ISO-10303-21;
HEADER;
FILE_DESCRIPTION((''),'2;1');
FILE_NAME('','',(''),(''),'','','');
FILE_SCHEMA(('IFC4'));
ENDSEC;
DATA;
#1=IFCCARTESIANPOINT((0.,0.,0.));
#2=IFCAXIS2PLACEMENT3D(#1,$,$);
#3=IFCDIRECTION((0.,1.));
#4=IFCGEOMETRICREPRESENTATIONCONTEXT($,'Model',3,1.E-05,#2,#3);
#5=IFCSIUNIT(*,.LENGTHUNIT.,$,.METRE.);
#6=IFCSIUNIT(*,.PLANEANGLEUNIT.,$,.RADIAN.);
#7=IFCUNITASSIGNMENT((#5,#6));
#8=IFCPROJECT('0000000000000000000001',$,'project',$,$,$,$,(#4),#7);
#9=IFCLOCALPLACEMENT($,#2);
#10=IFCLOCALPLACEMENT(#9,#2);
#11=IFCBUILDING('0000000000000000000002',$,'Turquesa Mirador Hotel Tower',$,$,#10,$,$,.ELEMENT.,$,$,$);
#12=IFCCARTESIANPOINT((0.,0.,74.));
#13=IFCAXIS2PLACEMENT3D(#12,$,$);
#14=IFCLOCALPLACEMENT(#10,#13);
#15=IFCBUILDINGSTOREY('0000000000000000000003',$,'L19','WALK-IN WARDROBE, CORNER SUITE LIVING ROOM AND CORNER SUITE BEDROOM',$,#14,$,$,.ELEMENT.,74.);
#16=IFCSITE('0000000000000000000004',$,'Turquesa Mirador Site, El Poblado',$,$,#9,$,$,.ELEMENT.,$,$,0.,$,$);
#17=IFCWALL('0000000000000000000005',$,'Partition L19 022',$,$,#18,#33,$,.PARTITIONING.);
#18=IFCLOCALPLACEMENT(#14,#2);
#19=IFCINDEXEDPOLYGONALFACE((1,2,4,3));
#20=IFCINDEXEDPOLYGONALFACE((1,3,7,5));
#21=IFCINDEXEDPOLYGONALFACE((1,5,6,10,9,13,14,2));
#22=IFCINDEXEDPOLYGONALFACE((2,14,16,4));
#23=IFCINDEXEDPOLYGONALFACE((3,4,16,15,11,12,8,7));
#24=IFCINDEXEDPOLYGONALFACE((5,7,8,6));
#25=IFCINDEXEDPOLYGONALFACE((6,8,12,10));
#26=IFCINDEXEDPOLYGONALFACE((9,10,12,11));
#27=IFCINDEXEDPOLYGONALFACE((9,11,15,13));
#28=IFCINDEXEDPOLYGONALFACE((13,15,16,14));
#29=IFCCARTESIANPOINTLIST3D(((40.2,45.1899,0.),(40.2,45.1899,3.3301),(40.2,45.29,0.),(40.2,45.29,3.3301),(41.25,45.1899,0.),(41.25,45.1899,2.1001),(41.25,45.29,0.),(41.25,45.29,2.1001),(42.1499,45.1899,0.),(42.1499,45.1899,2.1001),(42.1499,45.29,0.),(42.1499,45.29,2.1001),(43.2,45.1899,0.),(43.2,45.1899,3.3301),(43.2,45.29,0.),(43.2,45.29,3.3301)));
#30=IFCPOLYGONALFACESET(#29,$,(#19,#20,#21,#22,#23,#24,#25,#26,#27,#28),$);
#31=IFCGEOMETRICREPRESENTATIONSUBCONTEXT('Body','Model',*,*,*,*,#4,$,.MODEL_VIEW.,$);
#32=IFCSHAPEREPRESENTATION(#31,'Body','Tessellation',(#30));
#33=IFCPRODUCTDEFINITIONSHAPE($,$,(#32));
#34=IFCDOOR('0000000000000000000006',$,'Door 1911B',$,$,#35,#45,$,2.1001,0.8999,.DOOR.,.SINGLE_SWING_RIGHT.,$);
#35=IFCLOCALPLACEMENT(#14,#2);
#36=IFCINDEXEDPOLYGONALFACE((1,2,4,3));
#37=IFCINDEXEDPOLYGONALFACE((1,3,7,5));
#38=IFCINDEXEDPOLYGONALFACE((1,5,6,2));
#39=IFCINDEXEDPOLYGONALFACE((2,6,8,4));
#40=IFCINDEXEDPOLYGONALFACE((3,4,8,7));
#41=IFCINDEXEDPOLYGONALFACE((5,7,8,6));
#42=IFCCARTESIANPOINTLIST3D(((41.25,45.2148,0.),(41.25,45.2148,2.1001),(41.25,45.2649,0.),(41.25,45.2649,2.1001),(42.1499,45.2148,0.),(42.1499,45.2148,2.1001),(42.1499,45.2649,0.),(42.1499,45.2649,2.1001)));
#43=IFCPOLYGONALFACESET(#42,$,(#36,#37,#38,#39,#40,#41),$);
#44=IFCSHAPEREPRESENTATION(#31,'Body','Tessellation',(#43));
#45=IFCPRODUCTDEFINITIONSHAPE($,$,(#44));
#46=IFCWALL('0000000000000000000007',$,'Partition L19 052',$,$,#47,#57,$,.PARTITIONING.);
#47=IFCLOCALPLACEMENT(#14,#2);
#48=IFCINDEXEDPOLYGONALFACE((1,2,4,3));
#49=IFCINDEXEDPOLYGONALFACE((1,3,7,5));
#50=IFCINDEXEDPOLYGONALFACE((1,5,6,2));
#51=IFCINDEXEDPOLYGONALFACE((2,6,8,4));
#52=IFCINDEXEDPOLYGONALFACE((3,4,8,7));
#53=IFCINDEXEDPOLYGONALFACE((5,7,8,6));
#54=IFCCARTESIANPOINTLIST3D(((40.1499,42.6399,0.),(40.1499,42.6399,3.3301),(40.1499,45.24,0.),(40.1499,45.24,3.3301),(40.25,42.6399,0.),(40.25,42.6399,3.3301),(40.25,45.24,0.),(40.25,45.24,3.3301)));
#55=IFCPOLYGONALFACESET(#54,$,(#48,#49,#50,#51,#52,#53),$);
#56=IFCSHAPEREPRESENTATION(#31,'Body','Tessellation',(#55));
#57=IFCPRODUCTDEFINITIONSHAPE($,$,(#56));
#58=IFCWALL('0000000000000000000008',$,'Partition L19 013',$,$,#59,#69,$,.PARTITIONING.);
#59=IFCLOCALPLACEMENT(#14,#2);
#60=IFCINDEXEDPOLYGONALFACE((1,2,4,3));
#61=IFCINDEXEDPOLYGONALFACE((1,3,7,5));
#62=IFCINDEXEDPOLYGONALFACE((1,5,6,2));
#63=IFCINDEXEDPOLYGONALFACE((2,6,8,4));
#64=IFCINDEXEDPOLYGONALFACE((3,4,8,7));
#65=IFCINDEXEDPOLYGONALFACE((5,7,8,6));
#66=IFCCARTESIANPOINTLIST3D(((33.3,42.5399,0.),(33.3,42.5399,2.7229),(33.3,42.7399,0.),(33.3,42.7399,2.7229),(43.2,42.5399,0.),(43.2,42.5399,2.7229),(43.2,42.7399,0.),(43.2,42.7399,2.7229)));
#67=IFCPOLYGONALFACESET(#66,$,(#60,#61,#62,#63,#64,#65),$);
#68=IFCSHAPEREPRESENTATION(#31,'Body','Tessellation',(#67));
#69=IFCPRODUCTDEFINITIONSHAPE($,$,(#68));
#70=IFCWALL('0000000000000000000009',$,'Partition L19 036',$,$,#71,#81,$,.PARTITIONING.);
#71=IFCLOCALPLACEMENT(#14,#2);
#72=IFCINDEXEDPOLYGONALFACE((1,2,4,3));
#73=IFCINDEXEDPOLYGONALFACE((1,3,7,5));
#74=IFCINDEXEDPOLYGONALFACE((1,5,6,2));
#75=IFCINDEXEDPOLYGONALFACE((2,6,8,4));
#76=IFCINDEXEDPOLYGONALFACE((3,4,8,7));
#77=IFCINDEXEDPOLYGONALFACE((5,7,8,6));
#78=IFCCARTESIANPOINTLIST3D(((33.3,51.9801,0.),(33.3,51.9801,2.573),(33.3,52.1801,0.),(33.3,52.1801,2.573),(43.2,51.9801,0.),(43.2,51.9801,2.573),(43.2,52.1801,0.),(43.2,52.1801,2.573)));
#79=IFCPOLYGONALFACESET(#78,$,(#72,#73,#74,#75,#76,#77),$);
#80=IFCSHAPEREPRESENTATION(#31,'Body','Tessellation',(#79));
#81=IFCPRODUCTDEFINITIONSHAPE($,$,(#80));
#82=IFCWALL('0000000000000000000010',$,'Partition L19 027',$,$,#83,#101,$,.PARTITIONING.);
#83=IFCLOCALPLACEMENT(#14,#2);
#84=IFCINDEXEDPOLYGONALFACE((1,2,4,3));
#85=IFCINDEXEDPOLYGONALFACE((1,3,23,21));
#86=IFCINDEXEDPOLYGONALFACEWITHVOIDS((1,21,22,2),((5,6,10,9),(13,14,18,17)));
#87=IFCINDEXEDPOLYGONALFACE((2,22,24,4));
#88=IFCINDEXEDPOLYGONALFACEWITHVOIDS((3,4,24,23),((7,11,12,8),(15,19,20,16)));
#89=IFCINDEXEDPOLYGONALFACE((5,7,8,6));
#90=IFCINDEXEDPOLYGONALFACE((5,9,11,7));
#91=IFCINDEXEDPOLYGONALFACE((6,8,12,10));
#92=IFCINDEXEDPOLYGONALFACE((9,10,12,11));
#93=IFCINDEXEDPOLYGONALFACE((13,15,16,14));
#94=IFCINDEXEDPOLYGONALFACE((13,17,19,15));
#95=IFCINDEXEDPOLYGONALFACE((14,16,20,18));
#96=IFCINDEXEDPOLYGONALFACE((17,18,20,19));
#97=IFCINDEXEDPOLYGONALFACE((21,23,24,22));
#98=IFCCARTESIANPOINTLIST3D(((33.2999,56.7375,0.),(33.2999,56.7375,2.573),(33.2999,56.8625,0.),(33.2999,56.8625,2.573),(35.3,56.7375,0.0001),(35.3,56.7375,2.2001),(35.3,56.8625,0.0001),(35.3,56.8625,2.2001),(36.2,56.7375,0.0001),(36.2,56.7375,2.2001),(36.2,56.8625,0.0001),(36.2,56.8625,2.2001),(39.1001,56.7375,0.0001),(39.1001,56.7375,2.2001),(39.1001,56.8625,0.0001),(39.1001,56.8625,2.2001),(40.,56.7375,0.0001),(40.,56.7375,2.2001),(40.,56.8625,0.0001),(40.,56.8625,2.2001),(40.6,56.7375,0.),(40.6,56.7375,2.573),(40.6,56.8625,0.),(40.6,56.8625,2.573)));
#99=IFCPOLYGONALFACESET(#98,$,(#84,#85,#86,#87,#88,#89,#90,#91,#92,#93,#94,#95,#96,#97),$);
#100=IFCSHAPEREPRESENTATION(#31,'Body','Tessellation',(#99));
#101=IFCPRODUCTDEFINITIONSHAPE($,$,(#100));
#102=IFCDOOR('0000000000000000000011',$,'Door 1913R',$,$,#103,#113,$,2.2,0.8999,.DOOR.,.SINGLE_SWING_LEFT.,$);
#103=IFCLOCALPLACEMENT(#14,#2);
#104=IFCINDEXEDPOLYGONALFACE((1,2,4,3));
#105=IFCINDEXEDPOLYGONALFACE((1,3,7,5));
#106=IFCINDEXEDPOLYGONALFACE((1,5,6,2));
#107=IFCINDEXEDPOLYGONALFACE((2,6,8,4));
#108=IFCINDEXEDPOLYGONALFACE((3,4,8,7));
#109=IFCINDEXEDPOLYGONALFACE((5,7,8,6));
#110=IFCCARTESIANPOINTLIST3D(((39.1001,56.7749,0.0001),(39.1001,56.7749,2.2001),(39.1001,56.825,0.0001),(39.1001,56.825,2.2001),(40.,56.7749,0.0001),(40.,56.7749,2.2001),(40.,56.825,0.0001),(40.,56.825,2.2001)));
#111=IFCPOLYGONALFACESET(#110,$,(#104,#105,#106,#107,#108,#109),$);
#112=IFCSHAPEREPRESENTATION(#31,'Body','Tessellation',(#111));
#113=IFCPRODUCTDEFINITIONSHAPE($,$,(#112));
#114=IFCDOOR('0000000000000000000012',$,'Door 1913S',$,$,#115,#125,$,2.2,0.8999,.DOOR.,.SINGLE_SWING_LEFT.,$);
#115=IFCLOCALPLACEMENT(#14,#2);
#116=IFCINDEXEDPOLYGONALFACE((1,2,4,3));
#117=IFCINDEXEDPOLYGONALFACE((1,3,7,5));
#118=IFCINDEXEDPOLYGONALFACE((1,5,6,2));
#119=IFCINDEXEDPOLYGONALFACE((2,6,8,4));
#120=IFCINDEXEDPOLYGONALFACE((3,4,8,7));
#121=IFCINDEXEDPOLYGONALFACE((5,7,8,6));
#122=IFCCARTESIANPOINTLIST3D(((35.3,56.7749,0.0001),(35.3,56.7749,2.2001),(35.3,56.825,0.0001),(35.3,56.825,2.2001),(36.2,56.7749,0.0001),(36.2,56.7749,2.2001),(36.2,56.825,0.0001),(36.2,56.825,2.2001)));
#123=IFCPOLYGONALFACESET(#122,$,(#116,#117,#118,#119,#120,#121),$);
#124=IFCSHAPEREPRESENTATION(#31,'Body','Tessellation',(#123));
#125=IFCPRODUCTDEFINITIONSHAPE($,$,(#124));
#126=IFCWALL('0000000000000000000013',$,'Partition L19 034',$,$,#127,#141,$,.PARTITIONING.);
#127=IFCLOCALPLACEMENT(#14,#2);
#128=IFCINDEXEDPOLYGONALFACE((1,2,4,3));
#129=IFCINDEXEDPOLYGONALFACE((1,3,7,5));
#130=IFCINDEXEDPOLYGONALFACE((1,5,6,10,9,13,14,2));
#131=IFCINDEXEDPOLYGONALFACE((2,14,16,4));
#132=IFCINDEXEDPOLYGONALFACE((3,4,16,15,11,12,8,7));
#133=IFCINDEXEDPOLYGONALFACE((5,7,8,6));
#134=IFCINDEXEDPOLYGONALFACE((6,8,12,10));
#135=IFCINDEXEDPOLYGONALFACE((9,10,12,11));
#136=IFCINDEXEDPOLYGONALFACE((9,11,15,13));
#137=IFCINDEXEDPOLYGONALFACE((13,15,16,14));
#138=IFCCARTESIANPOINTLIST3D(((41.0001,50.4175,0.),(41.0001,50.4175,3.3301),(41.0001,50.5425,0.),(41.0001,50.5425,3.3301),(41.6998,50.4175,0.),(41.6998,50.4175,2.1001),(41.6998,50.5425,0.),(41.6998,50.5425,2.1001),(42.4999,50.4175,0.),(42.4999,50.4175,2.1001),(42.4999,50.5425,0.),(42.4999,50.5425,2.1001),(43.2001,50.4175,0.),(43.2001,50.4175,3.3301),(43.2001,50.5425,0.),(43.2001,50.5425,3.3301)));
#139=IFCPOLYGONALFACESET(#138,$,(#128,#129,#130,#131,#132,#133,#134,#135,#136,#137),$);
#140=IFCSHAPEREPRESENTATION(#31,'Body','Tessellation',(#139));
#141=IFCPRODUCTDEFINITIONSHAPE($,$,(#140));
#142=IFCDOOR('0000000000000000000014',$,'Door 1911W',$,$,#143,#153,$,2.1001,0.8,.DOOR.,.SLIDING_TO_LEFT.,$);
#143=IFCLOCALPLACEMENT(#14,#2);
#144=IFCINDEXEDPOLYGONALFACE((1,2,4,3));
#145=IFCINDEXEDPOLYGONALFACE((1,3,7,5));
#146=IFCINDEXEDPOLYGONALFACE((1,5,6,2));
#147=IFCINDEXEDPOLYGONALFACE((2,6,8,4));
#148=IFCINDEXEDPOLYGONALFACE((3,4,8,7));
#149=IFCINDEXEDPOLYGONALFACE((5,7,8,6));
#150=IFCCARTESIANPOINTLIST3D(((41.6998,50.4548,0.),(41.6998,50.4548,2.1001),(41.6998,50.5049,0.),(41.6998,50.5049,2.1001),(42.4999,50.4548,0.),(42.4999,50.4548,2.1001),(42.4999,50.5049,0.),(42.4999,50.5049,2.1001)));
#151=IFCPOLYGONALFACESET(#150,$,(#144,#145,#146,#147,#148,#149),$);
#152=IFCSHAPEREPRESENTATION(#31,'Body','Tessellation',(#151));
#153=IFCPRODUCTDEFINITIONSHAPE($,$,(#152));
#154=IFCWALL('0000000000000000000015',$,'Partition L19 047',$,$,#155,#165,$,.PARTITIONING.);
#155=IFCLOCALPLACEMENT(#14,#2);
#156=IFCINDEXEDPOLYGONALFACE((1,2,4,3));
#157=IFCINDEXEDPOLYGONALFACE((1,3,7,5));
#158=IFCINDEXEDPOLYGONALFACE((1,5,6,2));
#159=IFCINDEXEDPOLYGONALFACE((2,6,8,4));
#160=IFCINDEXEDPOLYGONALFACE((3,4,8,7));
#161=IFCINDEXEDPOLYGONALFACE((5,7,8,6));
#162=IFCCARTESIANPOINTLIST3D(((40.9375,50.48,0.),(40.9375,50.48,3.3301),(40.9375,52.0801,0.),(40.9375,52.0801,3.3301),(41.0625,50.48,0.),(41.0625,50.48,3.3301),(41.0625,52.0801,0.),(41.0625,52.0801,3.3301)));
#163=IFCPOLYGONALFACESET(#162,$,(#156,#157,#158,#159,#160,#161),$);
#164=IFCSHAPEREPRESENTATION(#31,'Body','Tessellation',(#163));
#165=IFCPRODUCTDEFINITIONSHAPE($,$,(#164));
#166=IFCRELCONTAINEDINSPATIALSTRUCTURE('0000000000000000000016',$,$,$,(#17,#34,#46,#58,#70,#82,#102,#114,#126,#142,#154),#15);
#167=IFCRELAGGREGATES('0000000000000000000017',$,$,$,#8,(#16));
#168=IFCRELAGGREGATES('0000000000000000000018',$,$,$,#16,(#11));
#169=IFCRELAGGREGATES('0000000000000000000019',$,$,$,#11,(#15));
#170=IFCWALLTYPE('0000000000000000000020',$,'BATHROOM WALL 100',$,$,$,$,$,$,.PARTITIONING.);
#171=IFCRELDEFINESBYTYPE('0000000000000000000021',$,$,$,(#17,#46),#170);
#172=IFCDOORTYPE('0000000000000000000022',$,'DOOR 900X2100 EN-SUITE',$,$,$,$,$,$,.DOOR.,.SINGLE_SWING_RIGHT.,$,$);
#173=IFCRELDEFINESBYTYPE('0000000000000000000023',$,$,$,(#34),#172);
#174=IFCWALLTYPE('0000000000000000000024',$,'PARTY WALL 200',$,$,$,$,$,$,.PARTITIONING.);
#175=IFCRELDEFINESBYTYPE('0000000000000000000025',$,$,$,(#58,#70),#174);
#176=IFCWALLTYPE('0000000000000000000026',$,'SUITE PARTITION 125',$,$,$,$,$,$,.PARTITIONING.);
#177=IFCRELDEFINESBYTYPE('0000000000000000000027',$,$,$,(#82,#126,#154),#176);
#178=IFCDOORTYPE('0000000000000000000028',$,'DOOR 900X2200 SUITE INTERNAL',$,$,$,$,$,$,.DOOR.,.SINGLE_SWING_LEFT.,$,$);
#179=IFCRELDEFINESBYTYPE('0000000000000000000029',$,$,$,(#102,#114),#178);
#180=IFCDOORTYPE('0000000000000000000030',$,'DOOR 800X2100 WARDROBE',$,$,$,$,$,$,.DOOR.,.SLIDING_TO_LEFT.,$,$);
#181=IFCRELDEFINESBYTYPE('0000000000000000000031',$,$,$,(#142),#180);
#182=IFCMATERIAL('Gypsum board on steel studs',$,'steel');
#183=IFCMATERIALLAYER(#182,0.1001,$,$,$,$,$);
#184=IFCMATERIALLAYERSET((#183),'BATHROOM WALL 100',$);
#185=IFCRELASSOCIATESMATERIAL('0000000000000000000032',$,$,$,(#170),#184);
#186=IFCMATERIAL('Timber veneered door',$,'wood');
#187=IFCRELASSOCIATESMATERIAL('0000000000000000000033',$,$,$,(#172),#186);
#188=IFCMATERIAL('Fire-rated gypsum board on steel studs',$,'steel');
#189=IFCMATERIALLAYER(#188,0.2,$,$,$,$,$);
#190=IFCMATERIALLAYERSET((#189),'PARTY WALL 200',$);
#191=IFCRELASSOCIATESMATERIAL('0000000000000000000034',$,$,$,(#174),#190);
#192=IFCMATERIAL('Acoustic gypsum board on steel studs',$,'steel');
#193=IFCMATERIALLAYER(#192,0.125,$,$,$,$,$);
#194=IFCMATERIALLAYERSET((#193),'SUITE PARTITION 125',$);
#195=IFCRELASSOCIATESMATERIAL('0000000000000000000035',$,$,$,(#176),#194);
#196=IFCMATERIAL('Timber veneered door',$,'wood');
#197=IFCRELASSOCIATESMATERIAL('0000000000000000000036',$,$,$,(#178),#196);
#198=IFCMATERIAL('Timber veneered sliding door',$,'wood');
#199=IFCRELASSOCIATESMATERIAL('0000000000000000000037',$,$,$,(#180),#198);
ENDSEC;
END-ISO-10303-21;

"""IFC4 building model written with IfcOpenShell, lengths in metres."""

from ifc_helpers import new_model, si_unit, direction, frame, frame_2d, origin, place, context, subcontext, project, spatial, rectangle, extrude, material, layer, layer_set, type_object, element, fill, save


model = new_model("IFC4")

# Units and contexts
model_context = context("Model", 3, precision=1e-05, world=origin(), true_north=direction((0.0, 1.0)))
body_context = subcontext(model_context, "Body", "Model", "MODEL_VIEW")
ifc_project = project(units=[si_unit("LENGTHUNIT", "METRE"), si_unit("PLANEANGLEUNIT", "RADIAN")], contexts=[model_context])

# Site, building, storey
site_placement = place(None, origin())
site = spatial("IfcSite", under=ifc_project, at=site_placement, Name="Turquesa Mirador Site, El Poblado", CompositionType="ELEMENT", RefElevation=0.0)
building_placement = place(site_placement, origin())
building = spatial("IfcBuilding", under=site, at=building_placement, Name="Turquesa Mirador Hotel Tower", CompositionType="ELEMENT")
storey_placement = place(building_placement, frame((0.0, 0.0, 74.0)))
storey = spatial("IfcBuildingStorey", under=building, at=storey_placement, Name="L19", Description="WALK-IN WARDROBE, CORNER SUITE LIVING ROOM AND CORNER SUITE BEDROOM", CompositionType="ELEMENT", Elevation=74.0)

# Wall, opening, door
ifc_material_1 = material(Name="Gypsum board on steel studs", Category="steel")
ifc_layer_1 = layer(ifc_material_1, 0.1001)
ifc_layer_set_1 = layer_set([ifc_layer_1], Name="BATHROOM WALL 100")
wall_type_1 = type_object("IfcWallType", Name="BATHROOM WALL 100", PredefinedType="PARTITIONING", material=ifc_layer_set_1)
wall_1_placement = place(storey_placement, frame((40.2, 45.24, 0.0), z_axis=(0.0, 0.0, 1.0), x_axis=(1.0, 0.0, 0.0)))
wall_1 = element("IfcWall", 1, at=wall_1_placement, inside=storey, type_object=wall_type_1, Name="Partition L19 022", PredefinedType="PARTITIONING", context=body_context, shape_type="SweptSolid", body=[
    extrude(rectangle(XDim=3.0, YDim=0.1001, at=frame_2d((1.5, 0.0))), origin(), (0.0, 0.0, 1.0), 3.3301),
])
opening_1_placement = place(wall_1_placement, frame((1.05, 0.0, 0.0)))
opening_1 = element("IfcOpeningElement", 2, at=opening_1_placement, cuts=wall_1, PredefinedType="OPENING", context=body_context, shape_type="SweptSolid", body=[
    extrude(rectangle(XDim=0.8999, YDim=2.1001, at=frame_2d((0.45, 1.05))), frame((0.0, 0.0601, 0.0), z_axis=(0.0, -1.0, 0.0), x_axis=(1.0, 0.0, 0.0)), (0.0, 0.0, 1.0), 0.1201),
])
ifc_material_2 = material(Name="Timber veneered door", Category="wood")
door_type_1 = type_object("IfcDoorType", Name="DOOR 900X2100 EN-SUITE", OperationType="SINGLE_SWING_RIGHT", PredefinedType="DOOR", material=ifc_material_2)
door_1_placement = place(opening_1_placement, origin())
door_1 = element("IfcDoor", 3, at=door_1_placement, inside=storey, type_object=door_type_1, Name="Door 1911B", OperationType="SINGLE_SWING_RIGHT", OverallHeight=2.1001, OverallWidth=0.8999, PredefinedType="DOOR", context=body_context, shape_type="SweptSolid", body=[
    extrude(rectangle(XDim=0.8999, YDim=2.1001, at=frame_2d((0.45, 1.05))), frame((0.0, 0.0249, 0.0), z_axis=(0.0, -1.0, 0.0), x_axis=(1.0, 0.0, 0.0)), (0.0, 0.0, 1.0), 0.05),
])
fill(opening_1, door_1)

# Walls
wall_2_placement = place(storey_placement, frame((40.2, 42.6399, 0.0), z_axis=(0.0, 0.0, 1.0), x_axis=(0.0, 1.0, 0.0)))
element("IfcWall", 4, at=wall_2_placement, inside=storey, type_object=wall_type_1, Name="Partition L19 052", PredefinedType="PARTITIONING", context=body_context, shape_type="SweptSolid", body=[
    extrude(rectangle(XDim=2.6001, YDim=0.1001, at=frame_2d((1.3, 0.0))), origin(), (0.0, 0.0, 1.0), 3.3301),
])
ifc_material_3 = material(Name="Fire-rated gypsum board on steel studs", Category="steel")
ifc_layer_2 = layer(ifc_material_3, 0.2)
ifc_layer_set_2 = layer_set([ifc_layer_2], Name="PARTY WALL 200")
wall_type_2 = type_object("IfcWallType", Name="PARTY WALL 200", PredefinedType="PARTITIONING", material=ifc_layer_set_2)
wall_3_placement = place(storey_placement, frame((33.3, 42.6399, 0.0), z_axis=(0.0, 0.0, 1.0), x_axis=(1.0, 0.0, 0.0)))
element("IfcWall", 5, at=wall_3_placement, inside=storey, type_object=wall_type_2, Name="Partition L19 013", PredefinedType="PARTITIONING", context=body_context, shape_type="SweptSolid", body=[
    extrude(rectangle(XDim=9.8999, YDim=0.2, at=frame_2d((4.95, 0.0))), origin(), (0.0, 0.0, 1.0), 2.7229),
])
wall_4_placement = place(storey_placement, frame((33.3, 52.0801, 0.0), z_axis=(0.0, 0.0, 1.0), x_axis=(1.0, 0.0, 0.0)))
element("IfcWall", 6, at=wall_4_placement, inside=storey, type_object=wall_type_2, Name="Partition L19 036", PredefinedType="PARTITIONING", context=body_context, shape_type="SweptSolid", body=[
    extrude(rectangle(XDim=9.8999, YDim=0.2, at=frame_2d((4.95, 0.0))), origin(), (0.0, 0.0, 1.0), 2.573),
])

# Wall, openings, doors
ifc_material_4 = material(Name="Acoustic gypsum board on steel studs", Category="steel")
ifc_layer_3 = layer(ifc_material_4, 0.125)
ifc_layer_set_3 = layer_set([ifc_layer_3], Name="SUITE PARTITION 125")
wall_type_3 = type_object("IfcWallType", Name="SUITE PARTITION 125", PredefinedType="PARTITIONING", material=ifc_layer_set_3)
wall_5_placement = place(storey_placement, frame((33.3, 56.8, 0.0), z_axis=(0.0, 0.0, 1.0), x_axis=(1.0, 0.0, 0.0)))
wall_5 = element("IfcWall", 7, at=wall_5_placement, inside=storey, type_object=wall_type_3, Name="Partition L19 027", PredefinedType="PARTITIONING", context=body_context, shape_type="SweptSolid", body=[
    extrude(rectangle(XDim=7.3, YDim=0.125, at=frame_2d((3.6499, 0.0))), origin(), (0.0, 0.0, 1.0), 2.573),
])
opening_2_placement = place(wall_5_placement, frame((5.8, 0.0, 0.0)))
opening_2 = element("IfcOpeningElement", 8, at=opening_2_placement, cuts=wall_5, PredefinedType="OPENING", context=body_context, shape_type="SweptSolid", body=[
    extrude(rectangle(XDim=0.8999, YDim=2.2, at=frame_2d((0.45, 1.1001))), frame((0.0, 0.0725, 0.0), z_axis=(0.0, -1.0, 0.0), x_axis=(1.0, 0.0, 0.0)), (0.0, 0.0, 1.0), 0.145),
])
opening_3_placement = place(wall_5_placement, frame((2.0, 0.0, 0.0)))
opening_3 = element("IfcOpeningElement", 9, at=opening_3_placement, cuts=wall_5, PredefinedType="OPENING", context=body_context, shape_type="SweptSolid", body=[
    extrude(rectangle(XDim=0.8999, YDim=2.2, at=frame_2d((0.45, 1.1001))), frame((0.0, 0.0725, 0.0), z_axis=(0.0, -1.0, 0.0), x_axis=(1.0, 0.0, 0.0)), (0.0, 0.0, 1.0), 0.145),
])
ifc_material_5 = material(Name="Timber veneered door", Category="wood")
door_type_2 = type_object("IfcDoorType", Name="DOOR 900X2200 SUITE INTERNAL", OperationType="SINGLE_SWING_LEFT", PredefinedType="DOOR", material=ifc_material_5)
door_2_placement = place(opening_2_placement, origin())
door_2 = element("IfcDoor", 10, at=door_2_placement, inside=storey, type_object=door_type_2, Name="Door 1913R", OperationType="SINGLE_SWING_LEFT", OverallHeight=2.2, OverallWidth=0.8999, PredefinedType="DOOR", context=body_context, shape_type="SweptSolid", body=[
    extrude(rectangle(XDim=0.8999, YDim=2.2, at=frame_2d((0.45, 1.1001))), frame((0.0, 0.0249, 0.0), z_axis=(0.0, -1.0, 0.0), x_axis=(1.0, 0.0, 0.0)), (0.0, 0.0, 1.0), 0.05),
])
fill(opening_2, door_2)
door_3_placement = place(opening_3_placement, origin())
door_3 = element("IfcDoor", 11, at=door_3_placement, inside=storey, type_object=door_type_2, Name="Door 1913S", OperationType="SINGLE_SWING_LEFT", OverallHeight=2.2, OverallWidth=0.8999, PredefinedType="DOOR", context=body_context, shape_type="SweptSolid", body=[
    extrude(rectangle(XDim=0.8999, YDim=2.2, at=frame_2d((0.45, 1.1001))), frame((0.0, 0.0249, 0.0), z_axis=(0.0, -1.0, 0.0), x_axis=(1.0, 0.0, 0.0)), (0.0, 0.0, 1.0), 0.05),
])
fill(opening_3, door_3)

# Wall, opening, door
wall_6_placement = place(storey_placement, frame((41.0, 50.48, 0.0), z_axis=(0.0, 0.0, 1.0), x_axis=(1.0, 0.0, 0.0)))
wall_6 = element("IfcWall", 12, at=wall_6_placement, inside=storey, type_object=wall_type_3, Name="Partition L19 034", PredefinedType="PARTITIONING", context=body_context, shape_type="SweptSolid", body=[
    extrude(rectangle(XDim=2.2, YDim=0.125, at=frame_2d((1.1001, 0.0))), origin(), (0.0, 0.0, 1.0), 3.3301),
])
opening_4_placement = place(wall_6_placement, frame((0.7, 0.0, 0.0)))
opening_4 = element("IfcOpeningElement", 13, at=opening_4_placement, cuts=wall_6, PredefinedType="OPENING", context=body_context, shape_type="SweptSolid", body=[
    extrude(rectangle(XDim=0.8, YDim=2.1001, at=frame_2d((0.3999, 1.05))), frame((0.0, 0.0725, 0.0), z_axis=(0.0, -1.0, 0.0), x_axis=(1.0, 0.0, 0.0)), (0.0, 0.0, 1.0), 0.145),
])
ifc_material_6 = material(Name="Timber veneered sliding door", Category="wood")
door_type_3 = type_object("IfcDoorType", Name="DOOR 800X2100 WARDROBE", OperationType="SLIDING_TO_LEFT", PredefinedType="DOOR", material=ifc_material_6)
door_4_placement = place(opening_4_placement, origin())
door_4 = element("IfcDoor", 14, at=door_4_placement, inside=storey, type_object=door_type_3, Name="Door 1911W", OperationType="SLIDING_TO_LEFT", OverallHeight=2.1001, OverallWidth=0.8, PredefinedType="DOOR", context=body_context, shape_type="SweptSolid", body=[
    extrude(rectangle(XDim=0.8, YDim=2.1001, at=frame_2d((0.3999, 1.05))), frame((0.0, 0.0249, 0.0), z_axis=(0.0, -1.0, 0.0), x_axis=(1.0, 0.0, 0.0)), (0.0, 0.0, 1.0), 0.05),
])
fill(opening_4, door_4)

# Wall
wall_7_placement = place(storey_placement, frame((41.0, 50.48, 0.0), z_axis=(0.0, 0.0, 1.0), x_axis=(0.0, 1.0, 0.0)))
element("IfcWall", 15, at=wall_7_placement, inside=storey, type_object=wall_type_3, Name="Partition L19 047", PredefinedType="PARTITIONING", context=body_context, shape_type="SweptSolid", body=[
    extrude(rectangle(XDim=1.6001, YDim=0.125, at=frame_2d((0.8, 0.0))), origin(), (0.0, 0.0, 1.0), 3.3301),
])

save(model, "model.ifc")
